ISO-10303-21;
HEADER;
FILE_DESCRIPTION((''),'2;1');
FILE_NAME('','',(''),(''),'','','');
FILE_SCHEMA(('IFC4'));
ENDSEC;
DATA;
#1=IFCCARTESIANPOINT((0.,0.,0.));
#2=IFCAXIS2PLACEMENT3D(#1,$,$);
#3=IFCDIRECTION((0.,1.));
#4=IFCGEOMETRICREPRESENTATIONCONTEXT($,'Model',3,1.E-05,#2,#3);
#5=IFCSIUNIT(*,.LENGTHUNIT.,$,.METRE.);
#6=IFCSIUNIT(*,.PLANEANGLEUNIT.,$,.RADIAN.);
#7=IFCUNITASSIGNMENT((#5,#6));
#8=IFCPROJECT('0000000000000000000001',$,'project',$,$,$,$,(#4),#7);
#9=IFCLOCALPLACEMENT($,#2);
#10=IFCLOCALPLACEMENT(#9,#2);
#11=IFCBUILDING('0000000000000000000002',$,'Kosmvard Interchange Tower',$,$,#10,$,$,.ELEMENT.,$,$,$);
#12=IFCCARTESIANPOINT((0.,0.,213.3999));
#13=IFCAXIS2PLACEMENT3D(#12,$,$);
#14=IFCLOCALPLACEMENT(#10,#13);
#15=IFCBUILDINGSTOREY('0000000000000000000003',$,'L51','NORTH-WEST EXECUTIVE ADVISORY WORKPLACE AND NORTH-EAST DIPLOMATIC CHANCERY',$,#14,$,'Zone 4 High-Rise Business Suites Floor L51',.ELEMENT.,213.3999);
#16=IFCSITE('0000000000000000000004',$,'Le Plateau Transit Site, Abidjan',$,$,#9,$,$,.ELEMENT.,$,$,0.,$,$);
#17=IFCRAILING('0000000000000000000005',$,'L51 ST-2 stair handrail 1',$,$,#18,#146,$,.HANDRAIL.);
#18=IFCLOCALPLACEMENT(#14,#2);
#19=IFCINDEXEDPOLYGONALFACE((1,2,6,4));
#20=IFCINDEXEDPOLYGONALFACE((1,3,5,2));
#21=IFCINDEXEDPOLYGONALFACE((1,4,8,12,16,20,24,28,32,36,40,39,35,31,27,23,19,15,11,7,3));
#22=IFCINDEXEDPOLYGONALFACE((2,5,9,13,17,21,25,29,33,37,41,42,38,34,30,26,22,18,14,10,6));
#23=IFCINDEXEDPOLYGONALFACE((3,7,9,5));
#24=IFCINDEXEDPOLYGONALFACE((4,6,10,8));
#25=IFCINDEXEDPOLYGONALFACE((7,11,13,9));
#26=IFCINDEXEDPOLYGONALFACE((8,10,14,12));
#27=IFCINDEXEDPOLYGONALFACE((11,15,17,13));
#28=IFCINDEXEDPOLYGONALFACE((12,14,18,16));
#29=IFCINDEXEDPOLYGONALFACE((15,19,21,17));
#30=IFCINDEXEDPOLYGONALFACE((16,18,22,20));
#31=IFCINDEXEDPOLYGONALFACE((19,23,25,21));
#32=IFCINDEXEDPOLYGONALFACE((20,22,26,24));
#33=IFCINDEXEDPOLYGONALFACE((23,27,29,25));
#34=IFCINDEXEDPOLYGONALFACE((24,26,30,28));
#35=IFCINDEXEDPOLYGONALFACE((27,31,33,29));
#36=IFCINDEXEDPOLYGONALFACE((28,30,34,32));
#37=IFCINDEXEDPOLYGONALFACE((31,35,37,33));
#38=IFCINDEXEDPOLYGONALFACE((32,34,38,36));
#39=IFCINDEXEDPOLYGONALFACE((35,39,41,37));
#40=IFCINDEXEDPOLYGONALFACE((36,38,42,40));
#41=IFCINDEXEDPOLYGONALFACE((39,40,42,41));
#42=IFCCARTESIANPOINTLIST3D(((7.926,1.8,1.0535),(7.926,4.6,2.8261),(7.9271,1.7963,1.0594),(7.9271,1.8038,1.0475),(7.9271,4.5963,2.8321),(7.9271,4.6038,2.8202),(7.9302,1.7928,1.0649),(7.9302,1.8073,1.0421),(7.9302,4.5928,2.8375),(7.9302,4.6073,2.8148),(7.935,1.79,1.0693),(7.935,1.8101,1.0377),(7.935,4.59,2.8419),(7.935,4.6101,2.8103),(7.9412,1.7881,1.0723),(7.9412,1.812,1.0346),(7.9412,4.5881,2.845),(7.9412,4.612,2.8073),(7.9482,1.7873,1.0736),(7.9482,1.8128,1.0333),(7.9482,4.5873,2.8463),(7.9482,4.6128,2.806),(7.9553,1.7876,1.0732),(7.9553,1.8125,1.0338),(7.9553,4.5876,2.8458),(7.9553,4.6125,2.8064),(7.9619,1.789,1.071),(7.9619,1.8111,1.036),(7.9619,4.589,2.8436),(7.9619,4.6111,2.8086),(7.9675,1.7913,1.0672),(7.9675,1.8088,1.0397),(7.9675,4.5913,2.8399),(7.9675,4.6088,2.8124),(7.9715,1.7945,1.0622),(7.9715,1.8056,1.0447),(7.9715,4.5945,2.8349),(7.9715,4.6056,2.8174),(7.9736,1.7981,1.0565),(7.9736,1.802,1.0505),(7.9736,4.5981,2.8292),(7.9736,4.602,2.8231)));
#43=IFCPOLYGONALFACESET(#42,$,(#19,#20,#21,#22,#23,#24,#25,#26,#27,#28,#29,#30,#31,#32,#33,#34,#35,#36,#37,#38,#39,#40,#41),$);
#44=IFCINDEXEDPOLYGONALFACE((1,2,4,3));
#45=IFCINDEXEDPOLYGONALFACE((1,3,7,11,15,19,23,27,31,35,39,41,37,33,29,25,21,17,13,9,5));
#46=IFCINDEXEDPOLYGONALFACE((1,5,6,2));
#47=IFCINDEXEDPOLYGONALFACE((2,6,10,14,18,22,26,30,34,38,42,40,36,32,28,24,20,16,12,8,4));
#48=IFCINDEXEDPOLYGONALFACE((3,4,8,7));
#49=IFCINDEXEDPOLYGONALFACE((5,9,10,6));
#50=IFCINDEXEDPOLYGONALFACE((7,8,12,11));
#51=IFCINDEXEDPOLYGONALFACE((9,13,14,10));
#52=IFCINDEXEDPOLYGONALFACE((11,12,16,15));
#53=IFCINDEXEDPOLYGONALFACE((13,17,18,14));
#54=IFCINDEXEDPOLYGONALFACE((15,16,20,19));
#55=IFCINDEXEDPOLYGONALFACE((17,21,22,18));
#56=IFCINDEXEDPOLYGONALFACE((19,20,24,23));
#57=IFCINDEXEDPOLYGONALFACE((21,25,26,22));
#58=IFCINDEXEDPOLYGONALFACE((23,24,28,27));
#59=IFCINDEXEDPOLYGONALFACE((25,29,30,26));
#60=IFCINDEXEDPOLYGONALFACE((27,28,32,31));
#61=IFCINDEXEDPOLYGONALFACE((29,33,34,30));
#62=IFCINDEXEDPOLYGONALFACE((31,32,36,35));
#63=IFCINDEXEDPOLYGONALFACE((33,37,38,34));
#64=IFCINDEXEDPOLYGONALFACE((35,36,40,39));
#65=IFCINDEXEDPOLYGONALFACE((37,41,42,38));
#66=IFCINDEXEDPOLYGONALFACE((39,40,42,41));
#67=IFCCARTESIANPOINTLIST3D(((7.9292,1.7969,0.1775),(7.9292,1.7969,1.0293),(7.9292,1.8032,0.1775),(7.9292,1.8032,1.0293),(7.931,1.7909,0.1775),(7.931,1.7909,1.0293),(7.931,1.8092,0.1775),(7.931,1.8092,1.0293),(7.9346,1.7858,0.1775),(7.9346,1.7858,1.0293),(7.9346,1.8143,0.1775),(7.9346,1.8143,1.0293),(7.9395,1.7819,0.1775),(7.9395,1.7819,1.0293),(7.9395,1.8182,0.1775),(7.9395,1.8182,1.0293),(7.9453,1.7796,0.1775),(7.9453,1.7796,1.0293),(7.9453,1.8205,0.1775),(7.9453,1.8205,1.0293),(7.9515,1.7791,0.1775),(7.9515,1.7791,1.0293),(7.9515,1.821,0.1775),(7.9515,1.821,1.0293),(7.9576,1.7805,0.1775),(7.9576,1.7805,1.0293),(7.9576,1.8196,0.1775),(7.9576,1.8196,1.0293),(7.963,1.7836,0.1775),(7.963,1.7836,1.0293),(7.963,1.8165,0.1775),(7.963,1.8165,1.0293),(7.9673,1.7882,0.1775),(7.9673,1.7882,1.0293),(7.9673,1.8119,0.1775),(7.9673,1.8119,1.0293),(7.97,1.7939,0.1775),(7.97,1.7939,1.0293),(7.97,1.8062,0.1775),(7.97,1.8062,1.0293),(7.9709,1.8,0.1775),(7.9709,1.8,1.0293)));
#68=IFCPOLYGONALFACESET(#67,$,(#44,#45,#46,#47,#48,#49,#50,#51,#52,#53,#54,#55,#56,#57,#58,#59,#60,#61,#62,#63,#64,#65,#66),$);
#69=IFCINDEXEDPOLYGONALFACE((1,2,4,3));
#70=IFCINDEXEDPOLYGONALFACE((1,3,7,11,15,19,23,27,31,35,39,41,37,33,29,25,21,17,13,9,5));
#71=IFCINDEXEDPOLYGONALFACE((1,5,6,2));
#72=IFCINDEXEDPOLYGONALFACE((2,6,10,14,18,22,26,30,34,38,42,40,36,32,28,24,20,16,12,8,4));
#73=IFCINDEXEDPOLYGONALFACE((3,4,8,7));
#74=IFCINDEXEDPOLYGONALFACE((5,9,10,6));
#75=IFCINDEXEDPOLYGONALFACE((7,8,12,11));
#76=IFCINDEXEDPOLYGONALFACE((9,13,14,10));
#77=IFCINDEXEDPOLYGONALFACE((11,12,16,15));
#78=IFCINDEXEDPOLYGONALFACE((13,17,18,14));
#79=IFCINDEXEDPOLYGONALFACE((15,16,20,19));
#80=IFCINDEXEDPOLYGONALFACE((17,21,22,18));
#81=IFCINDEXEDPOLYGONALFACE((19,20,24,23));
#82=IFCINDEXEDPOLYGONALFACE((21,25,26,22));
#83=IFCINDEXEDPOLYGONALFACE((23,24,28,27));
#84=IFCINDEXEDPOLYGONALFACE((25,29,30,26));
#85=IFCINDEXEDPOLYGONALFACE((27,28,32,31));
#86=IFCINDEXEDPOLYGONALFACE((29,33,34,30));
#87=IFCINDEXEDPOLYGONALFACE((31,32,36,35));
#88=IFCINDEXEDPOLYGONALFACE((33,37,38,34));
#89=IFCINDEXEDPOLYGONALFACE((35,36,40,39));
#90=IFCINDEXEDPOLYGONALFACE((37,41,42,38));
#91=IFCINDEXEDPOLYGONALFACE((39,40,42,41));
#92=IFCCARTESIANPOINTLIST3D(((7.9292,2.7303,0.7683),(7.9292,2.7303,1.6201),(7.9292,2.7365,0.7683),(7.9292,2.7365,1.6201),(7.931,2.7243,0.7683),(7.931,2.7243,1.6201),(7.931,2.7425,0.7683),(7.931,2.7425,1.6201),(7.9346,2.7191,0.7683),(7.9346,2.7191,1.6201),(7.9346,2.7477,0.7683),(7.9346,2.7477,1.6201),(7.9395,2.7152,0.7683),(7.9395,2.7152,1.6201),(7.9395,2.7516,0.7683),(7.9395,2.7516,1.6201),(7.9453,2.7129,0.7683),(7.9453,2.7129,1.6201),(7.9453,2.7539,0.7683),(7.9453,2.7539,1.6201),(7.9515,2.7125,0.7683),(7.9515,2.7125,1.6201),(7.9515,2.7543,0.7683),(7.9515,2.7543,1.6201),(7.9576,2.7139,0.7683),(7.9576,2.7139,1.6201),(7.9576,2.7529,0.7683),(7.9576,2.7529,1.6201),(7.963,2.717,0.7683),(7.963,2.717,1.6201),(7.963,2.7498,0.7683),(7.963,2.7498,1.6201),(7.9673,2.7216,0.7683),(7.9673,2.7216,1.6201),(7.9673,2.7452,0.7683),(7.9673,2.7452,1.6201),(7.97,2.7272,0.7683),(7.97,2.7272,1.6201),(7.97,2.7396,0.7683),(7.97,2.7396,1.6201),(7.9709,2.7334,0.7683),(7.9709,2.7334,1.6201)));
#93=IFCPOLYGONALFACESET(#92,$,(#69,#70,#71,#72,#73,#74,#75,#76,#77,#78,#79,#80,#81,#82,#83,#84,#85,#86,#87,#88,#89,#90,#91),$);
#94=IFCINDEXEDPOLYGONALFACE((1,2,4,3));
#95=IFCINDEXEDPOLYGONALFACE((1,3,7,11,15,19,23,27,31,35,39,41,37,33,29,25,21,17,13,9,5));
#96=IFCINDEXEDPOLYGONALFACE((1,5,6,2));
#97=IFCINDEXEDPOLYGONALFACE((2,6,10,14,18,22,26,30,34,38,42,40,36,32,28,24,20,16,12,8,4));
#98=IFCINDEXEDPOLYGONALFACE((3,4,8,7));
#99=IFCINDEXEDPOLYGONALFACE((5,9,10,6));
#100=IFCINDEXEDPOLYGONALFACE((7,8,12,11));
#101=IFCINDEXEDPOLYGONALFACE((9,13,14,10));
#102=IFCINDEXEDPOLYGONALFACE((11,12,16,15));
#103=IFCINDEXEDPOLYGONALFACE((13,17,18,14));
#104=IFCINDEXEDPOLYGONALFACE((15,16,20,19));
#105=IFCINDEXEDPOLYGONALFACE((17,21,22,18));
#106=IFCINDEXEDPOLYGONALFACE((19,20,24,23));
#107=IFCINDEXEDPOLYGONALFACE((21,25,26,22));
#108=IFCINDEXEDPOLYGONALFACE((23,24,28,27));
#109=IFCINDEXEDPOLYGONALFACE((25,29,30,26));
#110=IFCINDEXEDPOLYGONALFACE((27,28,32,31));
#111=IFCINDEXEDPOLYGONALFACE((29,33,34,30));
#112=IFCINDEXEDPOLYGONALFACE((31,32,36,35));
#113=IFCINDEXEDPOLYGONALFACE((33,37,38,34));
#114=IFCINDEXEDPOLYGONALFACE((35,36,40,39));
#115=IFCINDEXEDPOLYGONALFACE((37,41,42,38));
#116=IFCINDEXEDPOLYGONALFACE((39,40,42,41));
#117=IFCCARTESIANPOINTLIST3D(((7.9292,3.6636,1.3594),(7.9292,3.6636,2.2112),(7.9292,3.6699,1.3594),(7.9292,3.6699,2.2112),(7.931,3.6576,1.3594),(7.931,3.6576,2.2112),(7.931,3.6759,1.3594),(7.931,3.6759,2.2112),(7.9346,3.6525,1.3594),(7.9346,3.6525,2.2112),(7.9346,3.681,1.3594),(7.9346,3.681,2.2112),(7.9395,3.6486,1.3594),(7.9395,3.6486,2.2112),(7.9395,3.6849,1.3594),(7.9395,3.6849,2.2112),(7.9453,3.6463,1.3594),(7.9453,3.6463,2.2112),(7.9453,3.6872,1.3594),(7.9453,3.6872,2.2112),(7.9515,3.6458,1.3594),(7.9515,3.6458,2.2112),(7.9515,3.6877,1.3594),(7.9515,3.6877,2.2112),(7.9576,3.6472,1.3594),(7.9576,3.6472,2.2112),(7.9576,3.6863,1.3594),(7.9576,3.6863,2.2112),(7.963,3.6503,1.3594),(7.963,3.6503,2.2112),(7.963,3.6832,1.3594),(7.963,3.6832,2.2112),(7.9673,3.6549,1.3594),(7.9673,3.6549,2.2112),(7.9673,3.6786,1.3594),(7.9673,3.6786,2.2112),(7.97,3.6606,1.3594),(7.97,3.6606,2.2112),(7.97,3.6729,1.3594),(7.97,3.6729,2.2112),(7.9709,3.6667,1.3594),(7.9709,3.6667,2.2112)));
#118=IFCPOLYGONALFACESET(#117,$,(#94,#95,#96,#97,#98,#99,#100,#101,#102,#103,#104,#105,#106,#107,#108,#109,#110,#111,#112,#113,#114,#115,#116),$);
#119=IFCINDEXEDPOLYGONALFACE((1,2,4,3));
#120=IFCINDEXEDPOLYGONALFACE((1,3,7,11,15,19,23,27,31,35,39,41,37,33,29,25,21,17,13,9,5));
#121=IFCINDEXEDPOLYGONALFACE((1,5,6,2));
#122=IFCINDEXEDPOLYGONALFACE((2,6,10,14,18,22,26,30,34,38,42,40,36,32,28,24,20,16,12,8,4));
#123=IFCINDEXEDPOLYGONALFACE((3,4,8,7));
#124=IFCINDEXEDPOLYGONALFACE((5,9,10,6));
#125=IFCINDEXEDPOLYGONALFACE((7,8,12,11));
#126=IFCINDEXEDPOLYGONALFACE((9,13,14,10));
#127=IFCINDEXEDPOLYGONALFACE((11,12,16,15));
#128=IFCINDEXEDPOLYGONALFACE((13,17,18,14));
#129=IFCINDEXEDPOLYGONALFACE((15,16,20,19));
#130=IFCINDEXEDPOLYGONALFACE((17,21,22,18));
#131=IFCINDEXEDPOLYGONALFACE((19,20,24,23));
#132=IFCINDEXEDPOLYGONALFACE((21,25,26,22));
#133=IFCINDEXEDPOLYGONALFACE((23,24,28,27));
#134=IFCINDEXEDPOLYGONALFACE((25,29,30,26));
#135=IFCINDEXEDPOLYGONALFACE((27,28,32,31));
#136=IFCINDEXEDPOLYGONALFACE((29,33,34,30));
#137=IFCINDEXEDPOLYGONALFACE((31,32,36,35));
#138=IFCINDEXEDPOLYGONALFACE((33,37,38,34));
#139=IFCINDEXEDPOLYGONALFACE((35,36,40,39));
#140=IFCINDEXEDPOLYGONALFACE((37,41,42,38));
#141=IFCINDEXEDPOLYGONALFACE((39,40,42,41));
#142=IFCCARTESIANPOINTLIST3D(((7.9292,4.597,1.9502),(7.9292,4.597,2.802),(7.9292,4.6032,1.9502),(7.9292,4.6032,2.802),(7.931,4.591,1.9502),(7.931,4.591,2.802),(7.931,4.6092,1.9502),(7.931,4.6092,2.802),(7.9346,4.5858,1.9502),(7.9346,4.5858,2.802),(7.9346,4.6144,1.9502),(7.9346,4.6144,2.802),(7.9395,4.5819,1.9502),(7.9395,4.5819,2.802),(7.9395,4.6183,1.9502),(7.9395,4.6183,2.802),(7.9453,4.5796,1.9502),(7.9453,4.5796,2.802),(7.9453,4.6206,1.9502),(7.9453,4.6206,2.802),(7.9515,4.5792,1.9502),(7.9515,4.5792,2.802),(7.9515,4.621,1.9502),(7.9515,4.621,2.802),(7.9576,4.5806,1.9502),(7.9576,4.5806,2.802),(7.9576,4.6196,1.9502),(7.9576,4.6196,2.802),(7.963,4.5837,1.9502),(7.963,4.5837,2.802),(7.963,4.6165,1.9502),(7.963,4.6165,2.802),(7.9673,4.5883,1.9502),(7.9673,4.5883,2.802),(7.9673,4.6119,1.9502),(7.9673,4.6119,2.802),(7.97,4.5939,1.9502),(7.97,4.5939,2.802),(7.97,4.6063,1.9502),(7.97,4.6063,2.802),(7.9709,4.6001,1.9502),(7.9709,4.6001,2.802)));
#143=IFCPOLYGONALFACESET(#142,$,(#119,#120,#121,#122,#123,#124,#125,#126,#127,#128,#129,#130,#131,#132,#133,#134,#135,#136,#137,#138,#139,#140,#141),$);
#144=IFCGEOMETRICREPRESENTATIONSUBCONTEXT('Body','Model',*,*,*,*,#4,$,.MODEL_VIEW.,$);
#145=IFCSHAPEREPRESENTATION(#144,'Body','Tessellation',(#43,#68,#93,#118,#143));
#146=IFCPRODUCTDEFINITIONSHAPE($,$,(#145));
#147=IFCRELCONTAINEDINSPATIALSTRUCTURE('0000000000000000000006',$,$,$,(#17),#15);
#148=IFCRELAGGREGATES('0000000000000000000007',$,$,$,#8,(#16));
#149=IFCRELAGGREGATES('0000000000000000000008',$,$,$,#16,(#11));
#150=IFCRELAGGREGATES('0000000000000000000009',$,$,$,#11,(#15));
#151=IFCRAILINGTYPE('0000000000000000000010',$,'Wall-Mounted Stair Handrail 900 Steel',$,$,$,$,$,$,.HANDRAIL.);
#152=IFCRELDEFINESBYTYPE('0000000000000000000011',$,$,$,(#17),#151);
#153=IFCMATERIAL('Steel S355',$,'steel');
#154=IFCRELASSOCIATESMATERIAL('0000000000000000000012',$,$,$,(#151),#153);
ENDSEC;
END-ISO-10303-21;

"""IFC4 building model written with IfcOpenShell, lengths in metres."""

from ifc_helpers import new_model, si_unit, direction, frame, origin, origin_2d, place, context, subcontext, project, spatial, circle, extrude, source, transform, mapped, material, type_object, element, save


model = new_model("IFC4")

# Units and contexts
model_context = context("Model", 3, precision=1e-05, world=origin(), true_north=direction((0.0, 1.0)))
body_context = subcontext(model_context, "Body", "Model", "MODEL_VIEW")
ifc_project = project(units=[si_unit("LENGTHUNIT", "METRE"), si_unit("PLANEANGLEUNIT", "RADIAN")], contexts=[model_context])

# Site, building, storey
site_placement = place(None, origin())
site = spatial("IfcSite", under=ifc_project, at=site_placement, Name="Le Plateau Transit Site, Abidjan", CompositionType="ELEMENT", RefElevation=0.0)
building_placement = place(site_placement, origin())
building = spatial("IfcBuilding", under=site, at=building_placement, Name="Kosmvard Interchange Tower", CompositionType="ELEMENT")
storey_placement = place(building_placement, frame((0.0, 0.0, 213.3999)))
storey = spatial("IfcBuildingStorey", under=building, at=storey_placement, Name="L51", Description="NORTH-WEST EXECUTIVE ADVISORY WORKPLACE AND NORTH-EAST DIPLOMATIC CHANCERY", LongName="Zone 4 High-Rise Business Suites Floor L51", CompositionType="ELEMENT", Elevation=213.3999)

# Railing
ifc_material_1 = material(Name="Steel S355", Category="steel")
railing_type_1 = type_object("IfcRailingType", Name="Wall-Mounted Stair Handrail 900 Steel", PredefinedType="HANDRAIL", material=ifc_material_1)
shared_shape_1 = source(origin(), body_context, "Body", "SweptSolid", [
    extrude(circle(Radius=0.0239, at=origin_2d()), frame((0.0, 0.0, 0.876), z_axis=(0.0, 0.844909, 0.53491), x_axis=(-1.0, 0.0, 0.0)), (0.0, 0.0, 1.0), 3.314),
    extrude(circle(Radius=0.021, at=origin_2d()), origin(), (0.0, 0.0, 1.0), 0.8518),
    extrude(circle(Radius=0.021, at=origin_2d()), frame((0.0, 0.9333, 0.5908)), (0.0, 0.0, 1.0), 0.8518),
    extrude(circle(Radius=0.021, at=origin_2d()), frame((0.0, 1.8667, 1.1819)), (0.0, 0.0, 1.0), 0.8518),
    extrude(circle(Radius=0.021, at=origin_2d()), frame((0.0, 2.8, 1.7727)), (0.0, 0.0, 1.0), 0.8518),
])
railing_1_placement = place(storey_placement, frame((7.95, 1.8, 0.1775)))
element("IfcRailing", 1, at=railing_1_placement, inside=storey, type_object=railing_type_1, Name="L51 ST-2 stair handrail 1", PredefinedType="HANDRAIL", context=body_context, shape_type="MappedRepresentation", body=[
    mapped(shared_shape_1, transform((0.0, 0.0, 0.0), scale=1.0)),
])

save(model, "model.ifc")
